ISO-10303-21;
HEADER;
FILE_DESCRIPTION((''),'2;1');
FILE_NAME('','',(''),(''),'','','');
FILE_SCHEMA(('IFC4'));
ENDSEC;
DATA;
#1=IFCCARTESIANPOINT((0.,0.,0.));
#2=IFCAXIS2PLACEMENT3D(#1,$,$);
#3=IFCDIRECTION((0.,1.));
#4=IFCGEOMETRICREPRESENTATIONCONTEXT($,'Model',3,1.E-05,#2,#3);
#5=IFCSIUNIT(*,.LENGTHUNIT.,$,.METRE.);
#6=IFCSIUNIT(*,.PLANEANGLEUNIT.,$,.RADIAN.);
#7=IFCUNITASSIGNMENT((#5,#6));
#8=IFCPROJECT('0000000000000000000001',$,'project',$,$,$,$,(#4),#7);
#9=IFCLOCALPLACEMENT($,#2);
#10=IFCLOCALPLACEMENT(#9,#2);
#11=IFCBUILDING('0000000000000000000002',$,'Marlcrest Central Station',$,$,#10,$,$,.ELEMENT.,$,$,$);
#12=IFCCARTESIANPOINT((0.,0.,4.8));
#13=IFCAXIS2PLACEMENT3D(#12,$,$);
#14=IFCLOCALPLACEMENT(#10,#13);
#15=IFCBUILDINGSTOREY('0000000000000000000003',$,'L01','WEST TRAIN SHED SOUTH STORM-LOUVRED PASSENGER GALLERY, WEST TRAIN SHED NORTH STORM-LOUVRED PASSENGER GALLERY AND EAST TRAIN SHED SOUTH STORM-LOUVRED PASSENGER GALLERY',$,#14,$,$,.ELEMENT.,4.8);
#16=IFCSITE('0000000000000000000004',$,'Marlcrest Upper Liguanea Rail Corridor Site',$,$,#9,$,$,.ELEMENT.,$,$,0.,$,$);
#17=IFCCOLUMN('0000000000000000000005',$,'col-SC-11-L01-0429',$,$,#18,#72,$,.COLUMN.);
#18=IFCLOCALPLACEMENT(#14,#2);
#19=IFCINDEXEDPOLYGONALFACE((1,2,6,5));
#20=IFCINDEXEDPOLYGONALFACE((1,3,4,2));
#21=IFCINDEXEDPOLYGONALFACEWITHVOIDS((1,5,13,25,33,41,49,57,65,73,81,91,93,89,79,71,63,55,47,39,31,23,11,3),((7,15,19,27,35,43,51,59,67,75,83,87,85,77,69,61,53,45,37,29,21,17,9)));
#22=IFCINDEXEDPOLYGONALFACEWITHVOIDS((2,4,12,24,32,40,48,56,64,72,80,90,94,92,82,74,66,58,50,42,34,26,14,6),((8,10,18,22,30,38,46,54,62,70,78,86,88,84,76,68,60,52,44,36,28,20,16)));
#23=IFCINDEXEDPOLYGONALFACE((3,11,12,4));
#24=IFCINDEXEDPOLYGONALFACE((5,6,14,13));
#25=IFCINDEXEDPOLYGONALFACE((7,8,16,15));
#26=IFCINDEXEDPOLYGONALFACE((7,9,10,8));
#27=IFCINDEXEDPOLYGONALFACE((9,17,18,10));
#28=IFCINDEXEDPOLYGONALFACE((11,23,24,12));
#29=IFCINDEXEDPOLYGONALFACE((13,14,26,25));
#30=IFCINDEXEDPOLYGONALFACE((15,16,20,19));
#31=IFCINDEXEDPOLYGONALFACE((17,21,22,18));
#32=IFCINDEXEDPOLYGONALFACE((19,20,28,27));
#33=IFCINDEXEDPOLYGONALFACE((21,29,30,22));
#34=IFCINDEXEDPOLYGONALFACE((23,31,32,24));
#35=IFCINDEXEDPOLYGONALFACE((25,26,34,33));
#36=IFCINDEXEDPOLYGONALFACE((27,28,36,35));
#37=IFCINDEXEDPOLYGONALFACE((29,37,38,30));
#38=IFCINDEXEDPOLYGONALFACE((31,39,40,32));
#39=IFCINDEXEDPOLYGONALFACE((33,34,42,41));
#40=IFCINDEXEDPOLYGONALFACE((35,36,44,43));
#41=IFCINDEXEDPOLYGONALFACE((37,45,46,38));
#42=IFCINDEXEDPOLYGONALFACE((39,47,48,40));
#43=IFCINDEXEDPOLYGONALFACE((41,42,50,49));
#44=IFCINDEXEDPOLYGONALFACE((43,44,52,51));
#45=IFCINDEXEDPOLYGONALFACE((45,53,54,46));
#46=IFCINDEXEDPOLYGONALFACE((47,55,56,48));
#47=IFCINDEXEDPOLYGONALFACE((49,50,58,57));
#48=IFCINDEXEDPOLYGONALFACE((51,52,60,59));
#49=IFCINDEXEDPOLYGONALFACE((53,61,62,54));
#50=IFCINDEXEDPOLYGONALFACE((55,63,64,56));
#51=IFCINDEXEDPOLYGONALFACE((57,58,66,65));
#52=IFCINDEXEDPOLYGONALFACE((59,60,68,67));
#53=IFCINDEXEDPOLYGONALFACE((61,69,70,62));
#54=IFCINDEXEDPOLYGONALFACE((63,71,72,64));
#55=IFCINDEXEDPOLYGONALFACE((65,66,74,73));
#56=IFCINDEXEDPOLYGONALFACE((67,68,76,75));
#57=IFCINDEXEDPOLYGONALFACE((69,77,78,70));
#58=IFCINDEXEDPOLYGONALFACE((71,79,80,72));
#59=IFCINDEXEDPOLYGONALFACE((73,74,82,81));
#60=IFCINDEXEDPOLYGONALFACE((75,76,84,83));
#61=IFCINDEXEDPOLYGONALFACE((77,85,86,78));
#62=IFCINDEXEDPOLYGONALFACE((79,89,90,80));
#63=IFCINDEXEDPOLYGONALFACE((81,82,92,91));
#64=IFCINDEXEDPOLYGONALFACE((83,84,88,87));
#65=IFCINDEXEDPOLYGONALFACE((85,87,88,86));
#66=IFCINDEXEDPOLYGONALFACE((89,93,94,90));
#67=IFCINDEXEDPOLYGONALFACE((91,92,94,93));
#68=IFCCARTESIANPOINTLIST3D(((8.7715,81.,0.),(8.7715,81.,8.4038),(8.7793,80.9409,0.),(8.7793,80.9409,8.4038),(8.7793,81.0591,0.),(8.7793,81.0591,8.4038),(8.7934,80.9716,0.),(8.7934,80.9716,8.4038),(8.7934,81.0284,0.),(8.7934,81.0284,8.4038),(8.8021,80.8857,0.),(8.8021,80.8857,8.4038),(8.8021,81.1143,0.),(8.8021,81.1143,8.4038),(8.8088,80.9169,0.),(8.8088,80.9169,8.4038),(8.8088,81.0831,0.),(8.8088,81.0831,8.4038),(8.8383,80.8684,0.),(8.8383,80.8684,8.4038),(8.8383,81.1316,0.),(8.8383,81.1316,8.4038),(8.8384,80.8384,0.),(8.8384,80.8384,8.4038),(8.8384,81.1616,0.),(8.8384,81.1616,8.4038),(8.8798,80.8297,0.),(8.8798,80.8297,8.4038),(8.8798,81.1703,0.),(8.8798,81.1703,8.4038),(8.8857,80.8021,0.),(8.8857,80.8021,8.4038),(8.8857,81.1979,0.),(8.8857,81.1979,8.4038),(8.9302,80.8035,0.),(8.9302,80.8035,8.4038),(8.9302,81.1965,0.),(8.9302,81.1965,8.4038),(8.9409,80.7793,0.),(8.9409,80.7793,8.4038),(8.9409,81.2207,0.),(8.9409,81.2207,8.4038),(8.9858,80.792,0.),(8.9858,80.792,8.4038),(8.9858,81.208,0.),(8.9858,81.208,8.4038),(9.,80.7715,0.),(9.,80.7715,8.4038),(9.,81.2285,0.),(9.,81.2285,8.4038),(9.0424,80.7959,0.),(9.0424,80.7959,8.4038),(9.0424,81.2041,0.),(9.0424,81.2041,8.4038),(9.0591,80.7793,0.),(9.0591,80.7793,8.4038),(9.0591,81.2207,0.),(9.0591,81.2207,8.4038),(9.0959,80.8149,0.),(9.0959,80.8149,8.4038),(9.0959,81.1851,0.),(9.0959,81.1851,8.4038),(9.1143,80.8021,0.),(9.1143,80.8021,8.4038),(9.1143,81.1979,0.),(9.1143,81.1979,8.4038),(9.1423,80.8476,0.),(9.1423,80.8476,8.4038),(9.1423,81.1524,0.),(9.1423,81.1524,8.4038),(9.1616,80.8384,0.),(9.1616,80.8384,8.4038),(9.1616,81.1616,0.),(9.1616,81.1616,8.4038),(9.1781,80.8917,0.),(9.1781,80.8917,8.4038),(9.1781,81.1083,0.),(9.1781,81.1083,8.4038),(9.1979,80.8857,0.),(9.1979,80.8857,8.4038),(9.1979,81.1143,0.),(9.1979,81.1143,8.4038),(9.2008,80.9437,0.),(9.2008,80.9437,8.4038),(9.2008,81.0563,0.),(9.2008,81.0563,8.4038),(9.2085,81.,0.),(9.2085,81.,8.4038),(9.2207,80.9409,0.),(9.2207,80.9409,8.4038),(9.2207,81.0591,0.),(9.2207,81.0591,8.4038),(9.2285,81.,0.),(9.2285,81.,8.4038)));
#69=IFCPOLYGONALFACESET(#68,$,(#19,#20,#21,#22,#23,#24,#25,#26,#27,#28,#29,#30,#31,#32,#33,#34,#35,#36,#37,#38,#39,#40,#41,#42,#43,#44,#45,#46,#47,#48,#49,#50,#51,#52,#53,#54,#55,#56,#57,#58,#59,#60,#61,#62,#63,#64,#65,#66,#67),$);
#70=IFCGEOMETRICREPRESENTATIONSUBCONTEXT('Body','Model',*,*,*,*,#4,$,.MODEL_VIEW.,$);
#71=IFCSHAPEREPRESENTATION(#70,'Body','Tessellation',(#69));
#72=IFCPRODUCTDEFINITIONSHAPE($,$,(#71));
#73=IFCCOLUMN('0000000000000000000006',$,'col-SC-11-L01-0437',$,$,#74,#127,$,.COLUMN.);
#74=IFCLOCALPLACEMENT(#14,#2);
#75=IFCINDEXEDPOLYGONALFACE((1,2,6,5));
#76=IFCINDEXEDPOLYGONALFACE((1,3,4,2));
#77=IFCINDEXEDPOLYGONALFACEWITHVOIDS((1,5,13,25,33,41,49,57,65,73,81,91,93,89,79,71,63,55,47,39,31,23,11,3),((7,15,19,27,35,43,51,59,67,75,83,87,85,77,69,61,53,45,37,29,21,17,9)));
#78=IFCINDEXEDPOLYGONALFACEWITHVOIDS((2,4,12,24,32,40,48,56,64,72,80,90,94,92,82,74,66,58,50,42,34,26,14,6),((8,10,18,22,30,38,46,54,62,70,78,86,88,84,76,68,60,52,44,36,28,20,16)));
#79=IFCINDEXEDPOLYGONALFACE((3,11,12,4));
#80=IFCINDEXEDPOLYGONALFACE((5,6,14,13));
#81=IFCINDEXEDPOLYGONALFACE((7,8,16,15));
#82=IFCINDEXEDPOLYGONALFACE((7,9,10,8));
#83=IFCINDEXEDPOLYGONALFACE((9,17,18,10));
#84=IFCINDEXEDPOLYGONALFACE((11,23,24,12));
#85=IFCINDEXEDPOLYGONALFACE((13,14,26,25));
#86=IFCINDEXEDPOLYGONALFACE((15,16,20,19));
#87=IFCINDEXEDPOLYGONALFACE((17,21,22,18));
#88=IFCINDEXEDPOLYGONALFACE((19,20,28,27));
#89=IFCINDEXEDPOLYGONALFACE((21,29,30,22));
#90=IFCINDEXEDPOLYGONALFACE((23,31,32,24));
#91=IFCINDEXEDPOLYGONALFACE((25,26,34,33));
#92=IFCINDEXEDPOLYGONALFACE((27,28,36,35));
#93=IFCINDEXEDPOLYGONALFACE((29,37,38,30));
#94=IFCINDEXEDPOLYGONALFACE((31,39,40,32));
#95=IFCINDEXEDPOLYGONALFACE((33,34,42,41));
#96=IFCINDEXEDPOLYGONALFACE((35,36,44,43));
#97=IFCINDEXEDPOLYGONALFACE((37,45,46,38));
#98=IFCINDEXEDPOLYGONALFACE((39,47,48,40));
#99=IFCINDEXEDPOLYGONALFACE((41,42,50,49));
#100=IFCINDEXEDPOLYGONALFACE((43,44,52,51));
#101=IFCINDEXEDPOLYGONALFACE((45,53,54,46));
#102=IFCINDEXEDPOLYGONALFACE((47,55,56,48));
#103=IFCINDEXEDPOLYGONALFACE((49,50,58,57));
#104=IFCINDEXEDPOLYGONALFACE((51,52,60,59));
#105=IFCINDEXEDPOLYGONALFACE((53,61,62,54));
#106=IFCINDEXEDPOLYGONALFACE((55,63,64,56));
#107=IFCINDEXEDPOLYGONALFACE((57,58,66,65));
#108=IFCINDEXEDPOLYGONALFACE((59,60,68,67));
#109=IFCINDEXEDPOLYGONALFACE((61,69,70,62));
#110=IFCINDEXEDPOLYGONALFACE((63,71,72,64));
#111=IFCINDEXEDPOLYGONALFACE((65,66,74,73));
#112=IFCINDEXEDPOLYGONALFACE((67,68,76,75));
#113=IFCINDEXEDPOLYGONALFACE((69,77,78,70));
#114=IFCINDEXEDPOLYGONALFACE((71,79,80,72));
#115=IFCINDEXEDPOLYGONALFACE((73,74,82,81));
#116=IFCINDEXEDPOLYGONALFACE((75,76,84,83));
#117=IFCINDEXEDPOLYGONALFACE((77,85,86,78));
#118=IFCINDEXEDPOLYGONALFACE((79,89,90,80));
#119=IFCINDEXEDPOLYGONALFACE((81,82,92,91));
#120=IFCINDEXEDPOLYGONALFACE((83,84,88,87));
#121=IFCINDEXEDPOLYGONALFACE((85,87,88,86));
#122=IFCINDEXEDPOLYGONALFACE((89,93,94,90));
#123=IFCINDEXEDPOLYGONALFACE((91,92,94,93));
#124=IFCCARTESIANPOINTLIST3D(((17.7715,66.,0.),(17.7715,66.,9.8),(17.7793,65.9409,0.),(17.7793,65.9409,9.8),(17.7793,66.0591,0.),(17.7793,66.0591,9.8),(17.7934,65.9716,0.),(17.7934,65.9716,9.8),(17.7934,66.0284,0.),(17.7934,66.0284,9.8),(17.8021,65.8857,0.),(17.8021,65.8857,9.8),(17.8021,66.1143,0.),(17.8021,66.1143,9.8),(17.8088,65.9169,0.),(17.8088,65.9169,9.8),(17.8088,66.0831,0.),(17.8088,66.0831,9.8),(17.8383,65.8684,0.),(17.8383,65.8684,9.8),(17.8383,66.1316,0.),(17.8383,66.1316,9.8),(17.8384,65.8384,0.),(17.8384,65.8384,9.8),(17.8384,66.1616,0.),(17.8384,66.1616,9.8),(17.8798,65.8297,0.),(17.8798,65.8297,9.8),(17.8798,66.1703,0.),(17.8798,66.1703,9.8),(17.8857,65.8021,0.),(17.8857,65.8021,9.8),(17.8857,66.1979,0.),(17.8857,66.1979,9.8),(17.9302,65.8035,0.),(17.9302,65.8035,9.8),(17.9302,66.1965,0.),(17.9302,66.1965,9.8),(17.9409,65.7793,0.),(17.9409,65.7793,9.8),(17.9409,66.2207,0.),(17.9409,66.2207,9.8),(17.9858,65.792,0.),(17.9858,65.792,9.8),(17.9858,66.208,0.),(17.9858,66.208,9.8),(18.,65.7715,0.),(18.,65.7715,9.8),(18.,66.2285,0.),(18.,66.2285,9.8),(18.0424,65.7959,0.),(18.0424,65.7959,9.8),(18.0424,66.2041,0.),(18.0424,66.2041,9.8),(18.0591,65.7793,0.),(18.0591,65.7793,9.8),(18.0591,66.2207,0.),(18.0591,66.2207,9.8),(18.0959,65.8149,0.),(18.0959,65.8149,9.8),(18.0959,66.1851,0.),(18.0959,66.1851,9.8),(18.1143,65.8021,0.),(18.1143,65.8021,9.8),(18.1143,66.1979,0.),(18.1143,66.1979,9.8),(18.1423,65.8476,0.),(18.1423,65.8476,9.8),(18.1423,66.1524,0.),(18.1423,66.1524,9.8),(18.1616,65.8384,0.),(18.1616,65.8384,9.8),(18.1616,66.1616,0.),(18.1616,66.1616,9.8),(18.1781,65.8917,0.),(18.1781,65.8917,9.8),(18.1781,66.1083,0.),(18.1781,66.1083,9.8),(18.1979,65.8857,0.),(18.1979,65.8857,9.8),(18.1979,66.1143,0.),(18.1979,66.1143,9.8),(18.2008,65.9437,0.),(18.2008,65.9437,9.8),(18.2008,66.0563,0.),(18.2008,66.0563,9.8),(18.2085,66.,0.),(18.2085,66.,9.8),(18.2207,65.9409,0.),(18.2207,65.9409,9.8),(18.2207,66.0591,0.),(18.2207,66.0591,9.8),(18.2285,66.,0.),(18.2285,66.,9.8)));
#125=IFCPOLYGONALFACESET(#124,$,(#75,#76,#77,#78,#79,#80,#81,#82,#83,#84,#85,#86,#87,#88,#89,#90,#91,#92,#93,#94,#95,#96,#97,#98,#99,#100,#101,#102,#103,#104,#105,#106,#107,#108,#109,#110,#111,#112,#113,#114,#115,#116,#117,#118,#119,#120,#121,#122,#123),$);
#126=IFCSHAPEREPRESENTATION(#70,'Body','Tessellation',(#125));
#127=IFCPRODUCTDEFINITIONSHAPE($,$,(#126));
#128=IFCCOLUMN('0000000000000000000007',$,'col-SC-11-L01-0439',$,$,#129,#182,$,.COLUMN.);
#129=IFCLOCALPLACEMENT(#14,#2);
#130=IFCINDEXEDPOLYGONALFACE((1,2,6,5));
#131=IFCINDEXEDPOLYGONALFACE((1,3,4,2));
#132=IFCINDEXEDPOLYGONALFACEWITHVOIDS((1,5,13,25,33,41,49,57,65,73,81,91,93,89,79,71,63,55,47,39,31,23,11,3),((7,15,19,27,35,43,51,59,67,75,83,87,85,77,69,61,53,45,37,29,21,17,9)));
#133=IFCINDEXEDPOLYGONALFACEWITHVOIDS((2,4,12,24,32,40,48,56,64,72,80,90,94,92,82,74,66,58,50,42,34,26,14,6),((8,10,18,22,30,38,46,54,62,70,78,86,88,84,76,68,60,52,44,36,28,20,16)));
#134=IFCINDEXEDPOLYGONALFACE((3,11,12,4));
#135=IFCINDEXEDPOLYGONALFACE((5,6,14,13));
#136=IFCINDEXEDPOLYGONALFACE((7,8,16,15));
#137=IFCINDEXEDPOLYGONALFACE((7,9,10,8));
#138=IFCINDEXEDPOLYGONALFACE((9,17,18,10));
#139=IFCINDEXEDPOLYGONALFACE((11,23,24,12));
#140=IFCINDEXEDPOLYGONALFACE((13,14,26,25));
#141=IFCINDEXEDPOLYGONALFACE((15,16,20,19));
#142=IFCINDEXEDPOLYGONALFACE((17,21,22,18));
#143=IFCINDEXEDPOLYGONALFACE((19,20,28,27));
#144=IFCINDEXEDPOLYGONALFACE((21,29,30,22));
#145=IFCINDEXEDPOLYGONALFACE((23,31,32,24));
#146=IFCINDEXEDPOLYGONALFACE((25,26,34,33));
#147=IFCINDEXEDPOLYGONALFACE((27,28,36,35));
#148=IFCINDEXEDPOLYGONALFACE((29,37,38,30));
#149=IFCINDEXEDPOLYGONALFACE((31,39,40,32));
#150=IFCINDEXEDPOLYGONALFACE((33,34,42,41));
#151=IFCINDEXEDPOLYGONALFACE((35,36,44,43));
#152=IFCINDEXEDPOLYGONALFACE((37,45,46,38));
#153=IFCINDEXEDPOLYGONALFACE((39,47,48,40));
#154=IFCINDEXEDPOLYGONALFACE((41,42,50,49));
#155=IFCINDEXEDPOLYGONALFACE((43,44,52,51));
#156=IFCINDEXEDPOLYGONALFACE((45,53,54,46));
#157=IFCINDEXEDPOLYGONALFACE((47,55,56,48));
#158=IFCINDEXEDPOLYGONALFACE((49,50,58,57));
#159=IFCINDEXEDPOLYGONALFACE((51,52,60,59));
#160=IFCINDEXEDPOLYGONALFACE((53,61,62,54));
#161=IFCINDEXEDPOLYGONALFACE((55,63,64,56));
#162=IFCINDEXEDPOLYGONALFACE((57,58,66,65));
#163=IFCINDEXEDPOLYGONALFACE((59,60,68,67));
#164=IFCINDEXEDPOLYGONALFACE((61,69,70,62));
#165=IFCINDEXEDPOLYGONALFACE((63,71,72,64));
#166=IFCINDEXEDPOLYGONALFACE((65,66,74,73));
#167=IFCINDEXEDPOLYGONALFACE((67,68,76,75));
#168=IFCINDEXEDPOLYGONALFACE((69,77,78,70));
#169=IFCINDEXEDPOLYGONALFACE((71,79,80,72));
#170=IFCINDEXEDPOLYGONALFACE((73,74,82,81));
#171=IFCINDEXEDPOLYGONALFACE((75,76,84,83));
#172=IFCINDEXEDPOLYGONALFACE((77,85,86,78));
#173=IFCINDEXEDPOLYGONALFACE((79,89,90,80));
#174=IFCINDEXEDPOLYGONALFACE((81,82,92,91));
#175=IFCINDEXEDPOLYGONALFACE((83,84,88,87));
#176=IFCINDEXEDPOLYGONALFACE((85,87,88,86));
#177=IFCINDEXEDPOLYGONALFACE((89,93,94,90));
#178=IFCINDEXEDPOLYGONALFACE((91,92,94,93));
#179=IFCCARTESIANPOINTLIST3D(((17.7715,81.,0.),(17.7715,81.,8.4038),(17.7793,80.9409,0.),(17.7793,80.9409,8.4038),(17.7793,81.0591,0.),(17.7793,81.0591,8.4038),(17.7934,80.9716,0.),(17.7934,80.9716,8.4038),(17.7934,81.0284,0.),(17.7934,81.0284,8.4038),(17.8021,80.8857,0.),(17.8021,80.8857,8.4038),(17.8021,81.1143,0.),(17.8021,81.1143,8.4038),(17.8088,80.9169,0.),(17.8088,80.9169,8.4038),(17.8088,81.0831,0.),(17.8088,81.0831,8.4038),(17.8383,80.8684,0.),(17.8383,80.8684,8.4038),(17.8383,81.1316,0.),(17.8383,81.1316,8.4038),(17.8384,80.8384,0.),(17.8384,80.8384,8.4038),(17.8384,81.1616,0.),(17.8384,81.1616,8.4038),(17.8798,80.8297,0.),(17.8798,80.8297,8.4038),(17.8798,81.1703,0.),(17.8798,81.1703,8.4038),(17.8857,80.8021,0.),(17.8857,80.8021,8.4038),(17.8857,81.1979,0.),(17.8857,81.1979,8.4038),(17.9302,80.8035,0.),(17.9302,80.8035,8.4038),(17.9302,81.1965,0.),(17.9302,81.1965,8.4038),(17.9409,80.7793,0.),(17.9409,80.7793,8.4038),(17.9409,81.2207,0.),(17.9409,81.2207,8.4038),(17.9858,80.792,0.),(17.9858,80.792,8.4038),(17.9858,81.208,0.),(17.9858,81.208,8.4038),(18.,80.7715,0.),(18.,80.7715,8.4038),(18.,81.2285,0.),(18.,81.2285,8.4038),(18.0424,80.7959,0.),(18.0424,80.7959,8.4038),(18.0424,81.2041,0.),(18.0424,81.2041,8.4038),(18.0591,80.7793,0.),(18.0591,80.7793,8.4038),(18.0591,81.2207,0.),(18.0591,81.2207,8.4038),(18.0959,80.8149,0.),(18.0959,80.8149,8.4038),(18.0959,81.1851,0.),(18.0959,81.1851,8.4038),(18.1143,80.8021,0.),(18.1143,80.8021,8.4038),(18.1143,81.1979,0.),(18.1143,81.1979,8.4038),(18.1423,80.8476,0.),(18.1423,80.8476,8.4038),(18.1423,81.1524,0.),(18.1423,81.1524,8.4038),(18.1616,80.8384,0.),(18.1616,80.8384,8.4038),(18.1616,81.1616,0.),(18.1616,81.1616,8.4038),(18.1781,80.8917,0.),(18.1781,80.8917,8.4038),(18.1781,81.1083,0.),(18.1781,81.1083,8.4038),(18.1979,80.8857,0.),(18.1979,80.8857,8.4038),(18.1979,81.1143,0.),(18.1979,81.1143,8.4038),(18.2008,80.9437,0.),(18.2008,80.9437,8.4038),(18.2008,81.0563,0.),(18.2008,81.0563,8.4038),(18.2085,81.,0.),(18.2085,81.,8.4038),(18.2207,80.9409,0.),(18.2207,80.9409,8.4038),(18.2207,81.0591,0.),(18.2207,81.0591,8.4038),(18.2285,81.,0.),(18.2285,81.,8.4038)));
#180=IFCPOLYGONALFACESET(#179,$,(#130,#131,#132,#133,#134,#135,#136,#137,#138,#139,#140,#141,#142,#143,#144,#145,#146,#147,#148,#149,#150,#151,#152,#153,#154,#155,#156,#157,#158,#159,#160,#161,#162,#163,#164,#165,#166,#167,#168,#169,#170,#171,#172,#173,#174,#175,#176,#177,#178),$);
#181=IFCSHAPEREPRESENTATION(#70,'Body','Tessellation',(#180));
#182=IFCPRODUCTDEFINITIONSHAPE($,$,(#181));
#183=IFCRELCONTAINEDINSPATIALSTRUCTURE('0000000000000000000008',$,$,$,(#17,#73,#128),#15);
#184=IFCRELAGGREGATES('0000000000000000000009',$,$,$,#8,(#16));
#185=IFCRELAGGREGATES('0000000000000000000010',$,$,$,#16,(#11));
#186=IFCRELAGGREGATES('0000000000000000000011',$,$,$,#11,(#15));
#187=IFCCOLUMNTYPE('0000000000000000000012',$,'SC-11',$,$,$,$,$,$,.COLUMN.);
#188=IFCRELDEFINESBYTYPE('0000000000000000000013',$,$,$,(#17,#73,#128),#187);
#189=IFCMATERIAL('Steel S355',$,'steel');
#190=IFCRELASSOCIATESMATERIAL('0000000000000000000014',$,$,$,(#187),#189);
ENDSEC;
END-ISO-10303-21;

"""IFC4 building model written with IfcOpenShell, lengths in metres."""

from ifc_helpers import new_model, si_unit, direction, frame, origin, origin_2d, place, context, subcontext, project, spatial, hollow_circle, extrude, material, material_profile, profile_set, type_object, element, save


model = new_model("IFC4")

# Units and contexts
model_context = context("Model", 3, precision=1e-05, world=origin(), true_north=direction((0.0, 1.0)))
body_context = subcontext(model_context, "Body", "Model", "MODEL_VIEW")
ifc_project = project(units=[si_unit("LENGTHUNIT", "METRE"), si_unit("PLANEANGLEUNIT", "RADIAN")], contexts=[model_context])

# Site, building, storey
site_placement = place(None, origin())
site = spatial("IfcSite", under=ifc_project, at=site_placement, Name="Marlcrest Upper Liguanea Rail Corridor Site", CompositionType="ELEMENT", RefElevation=0.0)
building_placement = place(site_placement, origin())
building = spatial("IfcBuilding", under=site, at=building_placement, Name="Marlcrest Central Station", CompositionType="ELEMENT")
storey_placement = place(building_placement, frame((0.0, 0.0, 4.8)))
storey = spatial("IfcBuildingStorey", under=building, at=storey_placement, Name="L01", Description="WEST TRAIN SHED SOUTH STORM-LOUVRED PASSENGER GALLERY, WEST TRAIN SHED NORTH STORM-LOUVRED PASSENGER GALLERY AND EAST TRAIN SHED SOUTH STORM-LOUVRED PASSENGER GALLERY", CompositionType="ELEMENT", Elevation=4.8)

# Columns
ifc_material = material(Name="Steel S355", Category="steel")
ifc_material_profile = material_profile(ifc_material, hollow_circle(Radius=0.2285, WallThickness=0.02, at=origin_2d()), Name="CHS 457x20")
ifc_profile_set = profile_set([ifc_material_profile], Name="Steel S355")
column_type = type_object("IfcColumnType", Name="SC-11", PredefinedType="COLUMN", material=ifc_profile_set)
column_1_placement = place(storey_placement, frame((9.0, 81.0, 0.0), z_axis=(0.0, 0.0, 1.0), x_axis=(1.0, 0.0, 0.0)))
element("IfcColumn", 1, at=column_1_placement, inside=storey, type_object=column_type, Name="col-SC-11-L01-0429", PredefinedType="COLUMN", context=body_context, shape_type="SweptSolid", body=[
    extrude(hollow_circle(Radius=0.2285, WallThickness=0.02, at=origin_2d()), origin(), (0.0, 0.0, 1.0), 8.4038),
])
column_2_placement = place(storey_placement, frame((18.0, 66.0, 0.0), z_axis=(0.0, 0.0, 1.0), x_axis=(1.0, 0.0, 0.0)))
element("IfcColumn", 2, at=column_2_placement, inside=storey, type_object=column_type, Name="col-SC-11-L01-0437", PredefinedType="COLUMN", context=body_context, shape_type="SweptSolid", body=[
    extrude(hollow_circle(Radius=0.2285, WallThickness=0.02, at=origin_2d()), origin(), (0.0, 0.0, 1.0), 9.8),
])
for number, where, z_axis, x_axis, name in (
    (3, (18.0, 81.0, 0.0), (0.0, 0.0, 1.0), (1.0, 0.0, 0.0), "col-SC-11-L01-0439"),
):
    element("IfcColumn", number, at=place(storey_placement, frame(where, z_axis=z_axis, x_axis=x_axis)), inside=storey, type_object=column_type, Name=name, PredefinedType="COLUMN", context=body_context, shape_type="SweptSolid", body=[
        extrude(hollow_circle(Radius=0.2285, WallThickness=0.02, at=origin_2d()), origin(), (0.0, 0.0, 1.0), 8.4038),
    ])

save(model, "model.ifc")
